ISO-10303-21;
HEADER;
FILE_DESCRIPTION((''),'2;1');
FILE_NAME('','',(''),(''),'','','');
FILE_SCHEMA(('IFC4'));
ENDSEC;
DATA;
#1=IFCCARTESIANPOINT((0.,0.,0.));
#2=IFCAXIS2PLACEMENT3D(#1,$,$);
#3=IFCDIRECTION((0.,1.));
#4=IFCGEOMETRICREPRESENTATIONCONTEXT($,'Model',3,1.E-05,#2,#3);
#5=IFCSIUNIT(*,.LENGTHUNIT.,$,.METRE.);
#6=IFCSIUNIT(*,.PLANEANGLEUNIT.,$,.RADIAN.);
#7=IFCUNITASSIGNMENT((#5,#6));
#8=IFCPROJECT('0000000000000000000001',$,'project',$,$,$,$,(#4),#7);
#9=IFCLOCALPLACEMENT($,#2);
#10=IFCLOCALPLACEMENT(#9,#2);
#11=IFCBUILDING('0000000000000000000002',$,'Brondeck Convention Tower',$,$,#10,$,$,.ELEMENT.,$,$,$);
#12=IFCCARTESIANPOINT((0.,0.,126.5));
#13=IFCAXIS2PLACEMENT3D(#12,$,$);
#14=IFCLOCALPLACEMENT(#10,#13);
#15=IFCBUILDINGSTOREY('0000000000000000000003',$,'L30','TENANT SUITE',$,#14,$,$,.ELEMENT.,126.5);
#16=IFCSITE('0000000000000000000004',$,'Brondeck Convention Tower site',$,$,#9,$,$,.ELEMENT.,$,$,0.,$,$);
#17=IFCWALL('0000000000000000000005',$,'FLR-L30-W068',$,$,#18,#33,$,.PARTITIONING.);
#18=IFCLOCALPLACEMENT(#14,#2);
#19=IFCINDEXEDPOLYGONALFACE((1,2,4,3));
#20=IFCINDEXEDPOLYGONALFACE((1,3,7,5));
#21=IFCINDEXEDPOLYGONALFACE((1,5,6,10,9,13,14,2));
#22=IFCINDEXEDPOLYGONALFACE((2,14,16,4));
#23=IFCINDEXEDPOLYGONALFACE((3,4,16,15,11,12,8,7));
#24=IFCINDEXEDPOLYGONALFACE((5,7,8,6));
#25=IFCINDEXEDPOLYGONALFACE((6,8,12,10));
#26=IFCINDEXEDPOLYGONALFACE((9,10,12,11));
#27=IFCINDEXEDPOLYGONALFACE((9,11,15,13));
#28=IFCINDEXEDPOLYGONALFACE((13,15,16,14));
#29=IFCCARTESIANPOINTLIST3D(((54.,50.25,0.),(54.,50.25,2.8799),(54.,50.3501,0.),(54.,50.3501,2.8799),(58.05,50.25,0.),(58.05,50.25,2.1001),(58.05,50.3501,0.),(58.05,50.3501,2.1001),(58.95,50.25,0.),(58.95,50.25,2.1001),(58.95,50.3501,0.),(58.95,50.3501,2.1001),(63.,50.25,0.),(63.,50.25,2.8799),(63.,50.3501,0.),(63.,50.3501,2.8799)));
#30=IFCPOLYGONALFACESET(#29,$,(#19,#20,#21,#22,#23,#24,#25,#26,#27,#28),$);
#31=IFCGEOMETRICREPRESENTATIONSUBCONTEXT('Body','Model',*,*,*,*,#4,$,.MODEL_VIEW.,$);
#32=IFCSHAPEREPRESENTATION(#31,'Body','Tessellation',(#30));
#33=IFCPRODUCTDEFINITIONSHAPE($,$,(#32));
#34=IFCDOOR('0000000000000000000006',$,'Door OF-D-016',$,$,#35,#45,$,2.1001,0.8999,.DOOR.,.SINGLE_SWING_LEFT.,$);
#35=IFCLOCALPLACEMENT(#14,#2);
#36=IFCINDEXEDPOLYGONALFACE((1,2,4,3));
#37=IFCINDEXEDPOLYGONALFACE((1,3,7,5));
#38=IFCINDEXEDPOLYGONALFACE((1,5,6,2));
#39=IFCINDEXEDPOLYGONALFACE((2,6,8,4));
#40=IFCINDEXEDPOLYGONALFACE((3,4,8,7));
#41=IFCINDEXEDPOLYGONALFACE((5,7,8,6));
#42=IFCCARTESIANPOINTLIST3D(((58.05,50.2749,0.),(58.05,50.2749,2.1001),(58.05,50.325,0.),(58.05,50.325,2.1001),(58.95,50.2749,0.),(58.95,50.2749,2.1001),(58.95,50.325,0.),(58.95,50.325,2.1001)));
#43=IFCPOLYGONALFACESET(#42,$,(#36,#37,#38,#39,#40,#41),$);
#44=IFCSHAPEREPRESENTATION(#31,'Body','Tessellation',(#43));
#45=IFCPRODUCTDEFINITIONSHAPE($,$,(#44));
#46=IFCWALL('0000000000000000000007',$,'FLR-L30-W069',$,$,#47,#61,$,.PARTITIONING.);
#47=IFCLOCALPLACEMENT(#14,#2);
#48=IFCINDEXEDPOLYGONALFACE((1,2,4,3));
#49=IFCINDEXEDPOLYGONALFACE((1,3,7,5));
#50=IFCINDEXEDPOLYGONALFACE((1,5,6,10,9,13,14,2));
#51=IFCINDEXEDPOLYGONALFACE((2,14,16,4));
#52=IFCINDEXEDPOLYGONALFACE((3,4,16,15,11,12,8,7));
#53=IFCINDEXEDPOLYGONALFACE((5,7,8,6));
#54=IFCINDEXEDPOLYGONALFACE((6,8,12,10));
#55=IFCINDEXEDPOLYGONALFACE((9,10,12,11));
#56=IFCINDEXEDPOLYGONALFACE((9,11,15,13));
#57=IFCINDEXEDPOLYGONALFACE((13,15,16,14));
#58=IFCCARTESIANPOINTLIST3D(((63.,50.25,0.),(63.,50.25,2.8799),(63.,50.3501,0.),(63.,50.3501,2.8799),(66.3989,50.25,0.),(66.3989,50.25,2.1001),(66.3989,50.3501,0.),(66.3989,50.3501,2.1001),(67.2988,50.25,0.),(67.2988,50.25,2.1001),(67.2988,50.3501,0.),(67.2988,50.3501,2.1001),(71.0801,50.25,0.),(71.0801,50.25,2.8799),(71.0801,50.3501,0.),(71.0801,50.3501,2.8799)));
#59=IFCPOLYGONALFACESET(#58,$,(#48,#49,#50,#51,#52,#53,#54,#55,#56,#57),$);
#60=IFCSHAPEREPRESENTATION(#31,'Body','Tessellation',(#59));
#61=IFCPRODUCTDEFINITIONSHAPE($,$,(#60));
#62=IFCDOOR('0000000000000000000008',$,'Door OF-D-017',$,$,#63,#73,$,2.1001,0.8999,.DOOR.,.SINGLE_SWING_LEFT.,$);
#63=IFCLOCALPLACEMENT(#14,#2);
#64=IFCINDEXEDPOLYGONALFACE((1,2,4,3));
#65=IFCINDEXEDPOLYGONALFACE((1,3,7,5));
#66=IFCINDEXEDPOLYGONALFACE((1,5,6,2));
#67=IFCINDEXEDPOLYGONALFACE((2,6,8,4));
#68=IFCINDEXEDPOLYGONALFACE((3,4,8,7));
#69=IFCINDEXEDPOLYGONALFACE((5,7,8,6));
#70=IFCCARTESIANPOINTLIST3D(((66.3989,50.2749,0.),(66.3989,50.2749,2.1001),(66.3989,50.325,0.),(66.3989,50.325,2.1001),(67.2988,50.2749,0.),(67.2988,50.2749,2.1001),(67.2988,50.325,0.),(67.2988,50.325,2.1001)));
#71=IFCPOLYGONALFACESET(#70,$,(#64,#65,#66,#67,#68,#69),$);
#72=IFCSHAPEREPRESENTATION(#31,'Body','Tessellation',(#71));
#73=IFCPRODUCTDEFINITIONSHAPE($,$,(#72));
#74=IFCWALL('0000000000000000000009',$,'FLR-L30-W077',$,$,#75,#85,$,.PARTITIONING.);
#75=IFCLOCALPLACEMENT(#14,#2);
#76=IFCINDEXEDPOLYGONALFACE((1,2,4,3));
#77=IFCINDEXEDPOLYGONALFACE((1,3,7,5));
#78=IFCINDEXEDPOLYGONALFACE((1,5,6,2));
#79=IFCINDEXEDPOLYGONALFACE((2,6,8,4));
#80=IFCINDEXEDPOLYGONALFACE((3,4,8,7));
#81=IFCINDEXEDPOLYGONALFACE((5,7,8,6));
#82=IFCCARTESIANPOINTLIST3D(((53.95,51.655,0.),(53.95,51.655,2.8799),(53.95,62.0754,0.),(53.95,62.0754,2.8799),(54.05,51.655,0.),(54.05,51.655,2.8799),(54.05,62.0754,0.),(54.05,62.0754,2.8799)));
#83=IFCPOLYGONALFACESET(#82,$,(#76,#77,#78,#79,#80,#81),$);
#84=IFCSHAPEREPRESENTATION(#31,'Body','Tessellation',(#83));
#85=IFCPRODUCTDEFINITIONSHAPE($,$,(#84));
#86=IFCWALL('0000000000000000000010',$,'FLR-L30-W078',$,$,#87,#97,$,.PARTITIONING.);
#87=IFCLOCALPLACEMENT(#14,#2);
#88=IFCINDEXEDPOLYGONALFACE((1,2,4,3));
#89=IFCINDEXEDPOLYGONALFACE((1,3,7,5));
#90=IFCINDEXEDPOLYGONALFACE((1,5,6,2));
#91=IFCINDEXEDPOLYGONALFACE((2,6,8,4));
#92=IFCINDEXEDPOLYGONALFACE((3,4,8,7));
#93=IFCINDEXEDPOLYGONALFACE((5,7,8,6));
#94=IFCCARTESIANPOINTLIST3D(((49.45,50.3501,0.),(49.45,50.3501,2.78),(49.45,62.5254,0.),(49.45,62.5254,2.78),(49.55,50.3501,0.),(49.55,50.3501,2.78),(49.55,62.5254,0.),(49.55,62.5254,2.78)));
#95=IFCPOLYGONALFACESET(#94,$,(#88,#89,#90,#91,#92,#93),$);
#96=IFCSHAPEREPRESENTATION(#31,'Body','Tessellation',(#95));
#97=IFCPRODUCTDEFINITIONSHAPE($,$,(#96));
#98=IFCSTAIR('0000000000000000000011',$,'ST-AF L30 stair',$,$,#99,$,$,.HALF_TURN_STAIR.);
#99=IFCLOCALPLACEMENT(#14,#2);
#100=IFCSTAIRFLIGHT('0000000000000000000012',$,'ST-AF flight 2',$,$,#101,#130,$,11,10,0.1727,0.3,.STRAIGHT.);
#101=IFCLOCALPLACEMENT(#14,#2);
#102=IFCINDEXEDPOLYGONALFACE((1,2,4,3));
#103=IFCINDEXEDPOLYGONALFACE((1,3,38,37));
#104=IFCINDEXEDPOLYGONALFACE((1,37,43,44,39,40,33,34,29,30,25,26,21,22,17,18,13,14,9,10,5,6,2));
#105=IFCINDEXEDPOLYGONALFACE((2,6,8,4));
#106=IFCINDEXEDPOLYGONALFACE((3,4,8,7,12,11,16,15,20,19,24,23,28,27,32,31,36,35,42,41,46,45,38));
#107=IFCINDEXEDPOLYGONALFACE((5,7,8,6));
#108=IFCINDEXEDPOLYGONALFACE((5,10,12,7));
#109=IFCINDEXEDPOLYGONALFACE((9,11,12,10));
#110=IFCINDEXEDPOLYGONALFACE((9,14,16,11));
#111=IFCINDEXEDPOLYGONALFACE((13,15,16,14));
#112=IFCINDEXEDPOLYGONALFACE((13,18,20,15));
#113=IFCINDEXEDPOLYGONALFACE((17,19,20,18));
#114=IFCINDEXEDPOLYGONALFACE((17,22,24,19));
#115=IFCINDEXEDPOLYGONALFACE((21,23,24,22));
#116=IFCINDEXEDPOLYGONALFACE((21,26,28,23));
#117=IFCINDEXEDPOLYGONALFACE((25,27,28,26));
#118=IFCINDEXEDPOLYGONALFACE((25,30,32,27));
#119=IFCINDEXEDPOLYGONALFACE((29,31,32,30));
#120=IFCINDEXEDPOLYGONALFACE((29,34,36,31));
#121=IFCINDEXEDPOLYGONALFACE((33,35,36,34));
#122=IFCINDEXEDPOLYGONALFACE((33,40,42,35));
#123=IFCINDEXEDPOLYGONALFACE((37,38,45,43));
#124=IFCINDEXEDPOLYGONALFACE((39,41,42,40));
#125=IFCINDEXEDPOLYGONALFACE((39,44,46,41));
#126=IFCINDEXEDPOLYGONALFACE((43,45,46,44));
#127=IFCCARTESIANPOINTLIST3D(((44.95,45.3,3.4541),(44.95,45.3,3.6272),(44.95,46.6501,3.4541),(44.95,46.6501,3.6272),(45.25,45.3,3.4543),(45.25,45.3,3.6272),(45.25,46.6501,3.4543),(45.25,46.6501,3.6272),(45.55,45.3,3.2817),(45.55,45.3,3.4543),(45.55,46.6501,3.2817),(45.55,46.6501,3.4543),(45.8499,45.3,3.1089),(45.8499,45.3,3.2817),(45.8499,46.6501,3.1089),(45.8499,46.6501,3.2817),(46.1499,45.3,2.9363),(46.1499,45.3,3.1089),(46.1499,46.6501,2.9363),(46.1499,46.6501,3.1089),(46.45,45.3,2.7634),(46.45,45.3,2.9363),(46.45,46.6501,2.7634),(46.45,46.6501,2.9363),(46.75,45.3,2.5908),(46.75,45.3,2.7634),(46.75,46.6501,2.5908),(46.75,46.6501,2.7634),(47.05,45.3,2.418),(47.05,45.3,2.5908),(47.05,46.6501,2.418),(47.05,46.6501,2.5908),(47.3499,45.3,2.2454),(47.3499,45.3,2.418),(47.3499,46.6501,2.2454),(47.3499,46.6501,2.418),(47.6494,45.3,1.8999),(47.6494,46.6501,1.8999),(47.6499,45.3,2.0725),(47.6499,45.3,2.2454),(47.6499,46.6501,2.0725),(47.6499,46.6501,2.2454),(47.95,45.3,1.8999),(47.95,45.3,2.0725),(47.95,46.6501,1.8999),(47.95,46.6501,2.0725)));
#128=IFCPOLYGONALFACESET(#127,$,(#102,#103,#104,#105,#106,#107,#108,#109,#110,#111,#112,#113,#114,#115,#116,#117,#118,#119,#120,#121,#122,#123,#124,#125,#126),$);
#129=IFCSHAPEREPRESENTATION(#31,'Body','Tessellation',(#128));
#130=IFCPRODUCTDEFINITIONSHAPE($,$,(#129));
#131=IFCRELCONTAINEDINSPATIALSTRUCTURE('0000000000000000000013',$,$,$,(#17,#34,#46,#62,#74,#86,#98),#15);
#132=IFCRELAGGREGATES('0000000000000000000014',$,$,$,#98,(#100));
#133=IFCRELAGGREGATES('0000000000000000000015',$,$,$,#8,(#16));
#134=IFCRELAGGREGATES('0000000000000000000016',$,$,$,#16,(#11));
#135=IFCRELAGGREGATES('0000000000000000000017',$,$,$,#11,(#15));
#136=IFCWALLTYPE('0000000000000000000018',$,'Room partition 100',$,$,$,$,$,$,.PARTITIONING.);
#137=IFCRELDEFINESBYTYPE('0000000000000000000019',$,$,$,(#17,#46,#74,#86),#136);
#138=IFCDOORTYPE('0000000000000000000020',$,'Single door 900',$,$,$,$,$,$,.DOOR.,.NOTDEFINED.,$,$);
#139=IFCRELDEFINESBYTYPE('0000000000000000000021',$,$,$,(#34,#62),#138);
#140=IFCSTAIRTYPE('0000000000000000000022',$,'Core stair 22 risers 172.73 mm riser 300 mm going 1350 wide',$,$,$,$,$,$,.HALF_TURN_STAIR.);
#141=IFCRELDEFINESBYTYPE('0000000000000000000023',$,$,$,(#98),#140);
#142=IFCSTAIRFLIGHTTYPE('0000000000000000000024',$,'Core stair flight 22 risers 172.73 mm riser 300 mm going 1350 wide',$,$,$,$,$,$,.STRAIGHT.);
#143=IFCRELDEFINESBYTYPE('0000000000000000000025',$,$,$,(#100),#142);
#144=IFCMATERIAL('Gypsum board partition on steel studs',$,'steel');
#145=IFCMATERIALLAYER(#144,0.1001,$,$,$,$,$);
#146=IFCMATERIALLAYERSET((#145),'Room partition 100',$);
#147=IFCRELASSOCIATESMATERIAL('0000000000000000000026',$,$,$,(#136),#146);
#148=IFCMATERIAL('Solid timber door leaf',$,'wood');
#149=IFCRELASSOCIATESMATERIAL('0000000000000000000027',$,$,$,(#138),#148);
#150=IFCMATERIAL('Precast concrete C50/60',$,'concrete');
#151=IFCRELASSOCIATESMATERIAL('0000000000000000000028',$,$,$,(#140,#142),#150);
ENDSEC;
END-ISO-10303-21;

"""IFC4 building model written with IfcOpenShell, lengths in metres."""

from ifc_helpers import new_model, si_unit, direction, frame, frame_2d, origin, place, context, subcontext, project, spatial, polyline, rectangle, outline, extrude, material, layer, layer_set, type_object, element, fill, aggregate, save


model = new_model("IFC4")

# Units and contexts
model_context = context("Model", 3, precision=1e-05, world=origin(), true_north=direction((0.0, 1.0)))
body_context = subcontext(model_context, "Body", "Model", "MODEL_VIEW")
ifc_project = project(units=[si_unit("LENGTHUNIT", "METRE"), si_unit("PLANEANGLEUNIT", "RADIAN")], contexts=[model_context])

# Site, building, storey
site_placement = place(None, origin())
site = spatial("IfcSite", under=ifc_project, at=site_placement, Name="Brondeck Convention Tower site", CompositionType="ELEMENT", RefElevation=0.0)
building_placement = place(site_placement, origin())
building = spatial("IfcBuilding", under=site, at=building_placement, Name="Brondeck Convention Tower", CompositionType="ELEMENT")
storey_placement = place(building_placement, frame((0.0, 0.0, 126.5)))
storey = spatial("IfcBuildingStorey", under=building, at=storey_placement, Name="L30", Description="TENANT SUITE", CompositionType="ELEMENT", Elevation=126.5)

# Shared definitions
ifc_material_1 = material(Name="Gypsum board partition on steel studs", Category="steel")
ifc_layer_1 = layer(ifc_material_1, 0.1001)
ifc_layer_set_1 = layer_set([ifc_layer_1], Name="Room partition 100")
wall_type_1 = type_object("IfcWallType", Name="Room partition 100", PredefinedType="PARTITIONING", material=ifc_layer_set_1)

# Shared definitions
ifc_material_2 = material(Name="Solid timber door leaf", Category="wood")
door_type = type_object("IfcDoorType", Name="Single door 900", OperationType="NOTDEFINED", PredefinedType="DOOR", material=ifc_material_2)

# Walls, openings, doors
wall_1_placement = place(storey_placement, frame((54.0, 50.3, 0.0), z_axis=(0.0, 0.0, 1.0), x_axis=(1.0, 0.0, 0.0)))
wall_1 = element("IfcWall", 1, at=wall_1_placement, inside=storey, type_object=wall_type_1, Name="FLR-L30-W068", PredefinedType="PARTITIONING", context=body_context, shape_type="SweptSolid", body=[
    extrude(rectangle(XDim=9.0, YDim=0.1001, at=frame_2d((4.5, 0.0))), origin(), (0.0, 0.0, 1.0), 2.8799),
])
opening_1_placement = place(wall_1_placement, frame((4.05, 0.0, 0.0)))
opening_1 = element("IfcOpeningElement", 2, at=opening_1_placement, cuts=wall_1, PredefinedType="OPENING", context=body_context, shape_type="SweptSolid", body=[
    extrude(rectangle(XDim=0.8999, YDim=2.1001, at=frame_2d((0.45, 1.05))), frame((0.0, 0.0601, 0.0), z_axis=(0.0, -1.0, 0.0), x_axis=(1.0, 0.0, 0.0)), (0.0, 0.0, 1.0), 0.1201),
])
door_1_placement = place(opening_1_placement, origin())
door_1 = element("IfcDoor", 3, at=door_1_placement, inside=storey, type_object=door_type, Name="Door OF-D-016", OperationType="SINGLE_SWING_LEFT", OverallHeight=2.1001, OverallWidth=0.8999, PredefinedType="DOOR", context=body_context, shape_type="SweptSolid", body=[
    extrude(rectangle(XDim=0.8999, YDim=2.1001, at=frame_2d((0.45, 1.05))), frame((0.0, 0.0249, 0.0), z_axis=(0.0, -1.0, 0.0), x_axis=(1.0, 0.0, 0.0)), (0.0, 0.0, 1.0), 0.05),
])
fill(opening_1, door_1)
wall_2_placement = place(storey_placement, frame((63.0, 50.3, 0.0), z_axis=(0.0, 0.0, 1.0), x_axis=(1.0, 0.0, 0.0)))
wall_2 = element("IfcWall", 4, at=wall_2_placement, inside=storey, type_object=wall_type_1, Name="FLR-L30-W069", PredefinedType="PARTITIONING", context=body_context, shape_type="SweptSolid", body=[
    extrude(rectangle(XDim=8.0801, YDim=0.1001, at=frame_2d((4.04, 0.0))), origin(), (0.0, 0.0, 1.0), 2.8799),
])
opening_2_placement = place(wall_2_placement, frame((3.3989, 0.0, 0.0)))
opening_2 = element("IfcOpeningElement", 5, at=opening_2_placement, cuts=wall_2, PredefinedType="OPENING", context=body_context, shape_type="SweptSolid", body=[
    extrude(rectangle(XDim=0.8999, YDim=2.1001, at=frame_2d((0.45, 1.05))), frame((0.0, 0.0601, 0.0), z_axis=(0.0, -1.0, 0.0), x_axis=(1.0, 0.0, 0.0)), (0.0, 0.0, 1.0), 0.1201),
])
door_2_placement = place(opening_2_placement, origin())
door_2 = element("IfcDoor", 6, at=door_2_placement, inside=storey, type_object=door_type, Name="Door OF-D-017", OperationType="SINGLE_SWING_LEFT", OverallHeight=2.1001, OverallWidth=0.8999, PredefinedType="DOOR", context=body_context, shape_type="SweptSolid", body=[
    extrude(rectangle(XDim=0.8999, YDim=2.1001, at=frame_2d((0.45, 1.05))), frame((0.0, 0.0249, 0.0), z_axis=(0.0, -1.0, 0.0), x_axis=(1.0, 0.0, 0.0)), (0.0, 0.0, 1.0), 0.05),
])
fill(opening_2, door_2)

# Walls
wall_3_placement = place(storey_placement, frame((54.0, 62.0754, 0.0), z_axis=(0.0, 0.0, 1.0), x_axis=(0.0, -1.0, 0.0)))
element("IfcWall", 7, at=wall_3_placement, inside=storey, type_object=wall_type_1, Name="FLR-L30-W077", PredefinedType="PARTITIONING", context=body_context, shape_type="SweptSolid", body=[
    extrude(rectangle(XDim=10.4204, YDim=0.1001, at=frame_2d((5.2102, 0.0))), origin(), (0.0, 0.0, 1.0), 2.8799),
])
wall_4_placement = place(storey_placement, frame((49.5, 62.5254, 0.0), z_axis=(0.0, 0.0, 1.0), x_axis=(0.0, -1.0, 0.0)))
element("IfcWall", 8, at=wall_4_placement, inside=storey, type_object=wall_type_1, Name="FLR-L30-W078", PredefinedType="PARTITIONING", context=body_context, shape_type="SweptSolid", body=[
    extrude(rectangle(XDim=12.1753, YDim=0.1001, at=frame_2d((6.0876, 0.0))), origin(), (0.0, 0.0, 1.0), 2.78),
])

# Stair, stair flight
ifc_material_3 = material(Name="Precast concrete C50/60", Category="concrete")
stair_type = type_object("IfcStairType", Name="Core stair 22 risers 172.73 mm riser 300 mm going 1350 wide", PredefinedType="HALF_TURN_STAIR", material=ifc_material_3)
stair_placement = place(storey_placement, origin())
stair = element("IfcStair", 9, at=stair_placement, inside=storey, type_object=stair_type, Name="ST-AF L30 stair", PredefinedType="HALF_TURN_STAIR")
stair_flight_type = type_object("IfcStairFlightType", Name="Core stair flight 22 risers 172.73 mm riser 300 mm going 1350 wide", PredefinedType="STRAIGHT", material=ifc_material_3)
stair_flight_placement = place(storey_placement, frame((47.95, 45.9751, 1.8999), z_axis=(0.0, 0.0, 1.0), x_axis=(-1.0, 0.0, 0.0)))
stair_flight = element("IfcStairFlight", 10, at=stair_flight_placement, type_object=stair_flight_type, Name="ST-AF flight 2", NumberOfRisers=11, NumberOfTreads=10, PredefinedType="STRAIGHT", RiserHeight=0.1727, TreadLength=0.3, context=body_context, shape_type="SweptSolid", body=[
    extrude(outline(polyline([(0.0, 0.0), (0.0, 0.1726), (0.3, 0.1726), (0.3, 0.3455), (0.6001, 0.3455), (0.6001, 0.5181), (0.8999, 0.5181), (0.8999, 0.6909), (1.2, 0.6909), (1.2, 0.8635), (1.5, 0.8635), (1.5, 1.0364), (1.8, 1.0364), (1.8, 1.209), (2.1001, 1.209), (2.1001, 1.3818), (2.3999, 1.3818), (2.3999, 1.5544), (2.7, 1.5544), (2.7, 1.7273), (3.0, 1.7273), (3.0, 1.8999), (3.0, 1.5542), (0.3005, 0.0), (0.0, 0.0)])), frame((0.0, 0.675, 0.0), z_axis=(0.0, -1.0, 0.0), x_axis=(1.0, 0.0, 0.0)), (0.0, 0.0, 1.0), 1.3501),
])
aggregate(stair, [stair_flight])

save(model, "model.ifc")
